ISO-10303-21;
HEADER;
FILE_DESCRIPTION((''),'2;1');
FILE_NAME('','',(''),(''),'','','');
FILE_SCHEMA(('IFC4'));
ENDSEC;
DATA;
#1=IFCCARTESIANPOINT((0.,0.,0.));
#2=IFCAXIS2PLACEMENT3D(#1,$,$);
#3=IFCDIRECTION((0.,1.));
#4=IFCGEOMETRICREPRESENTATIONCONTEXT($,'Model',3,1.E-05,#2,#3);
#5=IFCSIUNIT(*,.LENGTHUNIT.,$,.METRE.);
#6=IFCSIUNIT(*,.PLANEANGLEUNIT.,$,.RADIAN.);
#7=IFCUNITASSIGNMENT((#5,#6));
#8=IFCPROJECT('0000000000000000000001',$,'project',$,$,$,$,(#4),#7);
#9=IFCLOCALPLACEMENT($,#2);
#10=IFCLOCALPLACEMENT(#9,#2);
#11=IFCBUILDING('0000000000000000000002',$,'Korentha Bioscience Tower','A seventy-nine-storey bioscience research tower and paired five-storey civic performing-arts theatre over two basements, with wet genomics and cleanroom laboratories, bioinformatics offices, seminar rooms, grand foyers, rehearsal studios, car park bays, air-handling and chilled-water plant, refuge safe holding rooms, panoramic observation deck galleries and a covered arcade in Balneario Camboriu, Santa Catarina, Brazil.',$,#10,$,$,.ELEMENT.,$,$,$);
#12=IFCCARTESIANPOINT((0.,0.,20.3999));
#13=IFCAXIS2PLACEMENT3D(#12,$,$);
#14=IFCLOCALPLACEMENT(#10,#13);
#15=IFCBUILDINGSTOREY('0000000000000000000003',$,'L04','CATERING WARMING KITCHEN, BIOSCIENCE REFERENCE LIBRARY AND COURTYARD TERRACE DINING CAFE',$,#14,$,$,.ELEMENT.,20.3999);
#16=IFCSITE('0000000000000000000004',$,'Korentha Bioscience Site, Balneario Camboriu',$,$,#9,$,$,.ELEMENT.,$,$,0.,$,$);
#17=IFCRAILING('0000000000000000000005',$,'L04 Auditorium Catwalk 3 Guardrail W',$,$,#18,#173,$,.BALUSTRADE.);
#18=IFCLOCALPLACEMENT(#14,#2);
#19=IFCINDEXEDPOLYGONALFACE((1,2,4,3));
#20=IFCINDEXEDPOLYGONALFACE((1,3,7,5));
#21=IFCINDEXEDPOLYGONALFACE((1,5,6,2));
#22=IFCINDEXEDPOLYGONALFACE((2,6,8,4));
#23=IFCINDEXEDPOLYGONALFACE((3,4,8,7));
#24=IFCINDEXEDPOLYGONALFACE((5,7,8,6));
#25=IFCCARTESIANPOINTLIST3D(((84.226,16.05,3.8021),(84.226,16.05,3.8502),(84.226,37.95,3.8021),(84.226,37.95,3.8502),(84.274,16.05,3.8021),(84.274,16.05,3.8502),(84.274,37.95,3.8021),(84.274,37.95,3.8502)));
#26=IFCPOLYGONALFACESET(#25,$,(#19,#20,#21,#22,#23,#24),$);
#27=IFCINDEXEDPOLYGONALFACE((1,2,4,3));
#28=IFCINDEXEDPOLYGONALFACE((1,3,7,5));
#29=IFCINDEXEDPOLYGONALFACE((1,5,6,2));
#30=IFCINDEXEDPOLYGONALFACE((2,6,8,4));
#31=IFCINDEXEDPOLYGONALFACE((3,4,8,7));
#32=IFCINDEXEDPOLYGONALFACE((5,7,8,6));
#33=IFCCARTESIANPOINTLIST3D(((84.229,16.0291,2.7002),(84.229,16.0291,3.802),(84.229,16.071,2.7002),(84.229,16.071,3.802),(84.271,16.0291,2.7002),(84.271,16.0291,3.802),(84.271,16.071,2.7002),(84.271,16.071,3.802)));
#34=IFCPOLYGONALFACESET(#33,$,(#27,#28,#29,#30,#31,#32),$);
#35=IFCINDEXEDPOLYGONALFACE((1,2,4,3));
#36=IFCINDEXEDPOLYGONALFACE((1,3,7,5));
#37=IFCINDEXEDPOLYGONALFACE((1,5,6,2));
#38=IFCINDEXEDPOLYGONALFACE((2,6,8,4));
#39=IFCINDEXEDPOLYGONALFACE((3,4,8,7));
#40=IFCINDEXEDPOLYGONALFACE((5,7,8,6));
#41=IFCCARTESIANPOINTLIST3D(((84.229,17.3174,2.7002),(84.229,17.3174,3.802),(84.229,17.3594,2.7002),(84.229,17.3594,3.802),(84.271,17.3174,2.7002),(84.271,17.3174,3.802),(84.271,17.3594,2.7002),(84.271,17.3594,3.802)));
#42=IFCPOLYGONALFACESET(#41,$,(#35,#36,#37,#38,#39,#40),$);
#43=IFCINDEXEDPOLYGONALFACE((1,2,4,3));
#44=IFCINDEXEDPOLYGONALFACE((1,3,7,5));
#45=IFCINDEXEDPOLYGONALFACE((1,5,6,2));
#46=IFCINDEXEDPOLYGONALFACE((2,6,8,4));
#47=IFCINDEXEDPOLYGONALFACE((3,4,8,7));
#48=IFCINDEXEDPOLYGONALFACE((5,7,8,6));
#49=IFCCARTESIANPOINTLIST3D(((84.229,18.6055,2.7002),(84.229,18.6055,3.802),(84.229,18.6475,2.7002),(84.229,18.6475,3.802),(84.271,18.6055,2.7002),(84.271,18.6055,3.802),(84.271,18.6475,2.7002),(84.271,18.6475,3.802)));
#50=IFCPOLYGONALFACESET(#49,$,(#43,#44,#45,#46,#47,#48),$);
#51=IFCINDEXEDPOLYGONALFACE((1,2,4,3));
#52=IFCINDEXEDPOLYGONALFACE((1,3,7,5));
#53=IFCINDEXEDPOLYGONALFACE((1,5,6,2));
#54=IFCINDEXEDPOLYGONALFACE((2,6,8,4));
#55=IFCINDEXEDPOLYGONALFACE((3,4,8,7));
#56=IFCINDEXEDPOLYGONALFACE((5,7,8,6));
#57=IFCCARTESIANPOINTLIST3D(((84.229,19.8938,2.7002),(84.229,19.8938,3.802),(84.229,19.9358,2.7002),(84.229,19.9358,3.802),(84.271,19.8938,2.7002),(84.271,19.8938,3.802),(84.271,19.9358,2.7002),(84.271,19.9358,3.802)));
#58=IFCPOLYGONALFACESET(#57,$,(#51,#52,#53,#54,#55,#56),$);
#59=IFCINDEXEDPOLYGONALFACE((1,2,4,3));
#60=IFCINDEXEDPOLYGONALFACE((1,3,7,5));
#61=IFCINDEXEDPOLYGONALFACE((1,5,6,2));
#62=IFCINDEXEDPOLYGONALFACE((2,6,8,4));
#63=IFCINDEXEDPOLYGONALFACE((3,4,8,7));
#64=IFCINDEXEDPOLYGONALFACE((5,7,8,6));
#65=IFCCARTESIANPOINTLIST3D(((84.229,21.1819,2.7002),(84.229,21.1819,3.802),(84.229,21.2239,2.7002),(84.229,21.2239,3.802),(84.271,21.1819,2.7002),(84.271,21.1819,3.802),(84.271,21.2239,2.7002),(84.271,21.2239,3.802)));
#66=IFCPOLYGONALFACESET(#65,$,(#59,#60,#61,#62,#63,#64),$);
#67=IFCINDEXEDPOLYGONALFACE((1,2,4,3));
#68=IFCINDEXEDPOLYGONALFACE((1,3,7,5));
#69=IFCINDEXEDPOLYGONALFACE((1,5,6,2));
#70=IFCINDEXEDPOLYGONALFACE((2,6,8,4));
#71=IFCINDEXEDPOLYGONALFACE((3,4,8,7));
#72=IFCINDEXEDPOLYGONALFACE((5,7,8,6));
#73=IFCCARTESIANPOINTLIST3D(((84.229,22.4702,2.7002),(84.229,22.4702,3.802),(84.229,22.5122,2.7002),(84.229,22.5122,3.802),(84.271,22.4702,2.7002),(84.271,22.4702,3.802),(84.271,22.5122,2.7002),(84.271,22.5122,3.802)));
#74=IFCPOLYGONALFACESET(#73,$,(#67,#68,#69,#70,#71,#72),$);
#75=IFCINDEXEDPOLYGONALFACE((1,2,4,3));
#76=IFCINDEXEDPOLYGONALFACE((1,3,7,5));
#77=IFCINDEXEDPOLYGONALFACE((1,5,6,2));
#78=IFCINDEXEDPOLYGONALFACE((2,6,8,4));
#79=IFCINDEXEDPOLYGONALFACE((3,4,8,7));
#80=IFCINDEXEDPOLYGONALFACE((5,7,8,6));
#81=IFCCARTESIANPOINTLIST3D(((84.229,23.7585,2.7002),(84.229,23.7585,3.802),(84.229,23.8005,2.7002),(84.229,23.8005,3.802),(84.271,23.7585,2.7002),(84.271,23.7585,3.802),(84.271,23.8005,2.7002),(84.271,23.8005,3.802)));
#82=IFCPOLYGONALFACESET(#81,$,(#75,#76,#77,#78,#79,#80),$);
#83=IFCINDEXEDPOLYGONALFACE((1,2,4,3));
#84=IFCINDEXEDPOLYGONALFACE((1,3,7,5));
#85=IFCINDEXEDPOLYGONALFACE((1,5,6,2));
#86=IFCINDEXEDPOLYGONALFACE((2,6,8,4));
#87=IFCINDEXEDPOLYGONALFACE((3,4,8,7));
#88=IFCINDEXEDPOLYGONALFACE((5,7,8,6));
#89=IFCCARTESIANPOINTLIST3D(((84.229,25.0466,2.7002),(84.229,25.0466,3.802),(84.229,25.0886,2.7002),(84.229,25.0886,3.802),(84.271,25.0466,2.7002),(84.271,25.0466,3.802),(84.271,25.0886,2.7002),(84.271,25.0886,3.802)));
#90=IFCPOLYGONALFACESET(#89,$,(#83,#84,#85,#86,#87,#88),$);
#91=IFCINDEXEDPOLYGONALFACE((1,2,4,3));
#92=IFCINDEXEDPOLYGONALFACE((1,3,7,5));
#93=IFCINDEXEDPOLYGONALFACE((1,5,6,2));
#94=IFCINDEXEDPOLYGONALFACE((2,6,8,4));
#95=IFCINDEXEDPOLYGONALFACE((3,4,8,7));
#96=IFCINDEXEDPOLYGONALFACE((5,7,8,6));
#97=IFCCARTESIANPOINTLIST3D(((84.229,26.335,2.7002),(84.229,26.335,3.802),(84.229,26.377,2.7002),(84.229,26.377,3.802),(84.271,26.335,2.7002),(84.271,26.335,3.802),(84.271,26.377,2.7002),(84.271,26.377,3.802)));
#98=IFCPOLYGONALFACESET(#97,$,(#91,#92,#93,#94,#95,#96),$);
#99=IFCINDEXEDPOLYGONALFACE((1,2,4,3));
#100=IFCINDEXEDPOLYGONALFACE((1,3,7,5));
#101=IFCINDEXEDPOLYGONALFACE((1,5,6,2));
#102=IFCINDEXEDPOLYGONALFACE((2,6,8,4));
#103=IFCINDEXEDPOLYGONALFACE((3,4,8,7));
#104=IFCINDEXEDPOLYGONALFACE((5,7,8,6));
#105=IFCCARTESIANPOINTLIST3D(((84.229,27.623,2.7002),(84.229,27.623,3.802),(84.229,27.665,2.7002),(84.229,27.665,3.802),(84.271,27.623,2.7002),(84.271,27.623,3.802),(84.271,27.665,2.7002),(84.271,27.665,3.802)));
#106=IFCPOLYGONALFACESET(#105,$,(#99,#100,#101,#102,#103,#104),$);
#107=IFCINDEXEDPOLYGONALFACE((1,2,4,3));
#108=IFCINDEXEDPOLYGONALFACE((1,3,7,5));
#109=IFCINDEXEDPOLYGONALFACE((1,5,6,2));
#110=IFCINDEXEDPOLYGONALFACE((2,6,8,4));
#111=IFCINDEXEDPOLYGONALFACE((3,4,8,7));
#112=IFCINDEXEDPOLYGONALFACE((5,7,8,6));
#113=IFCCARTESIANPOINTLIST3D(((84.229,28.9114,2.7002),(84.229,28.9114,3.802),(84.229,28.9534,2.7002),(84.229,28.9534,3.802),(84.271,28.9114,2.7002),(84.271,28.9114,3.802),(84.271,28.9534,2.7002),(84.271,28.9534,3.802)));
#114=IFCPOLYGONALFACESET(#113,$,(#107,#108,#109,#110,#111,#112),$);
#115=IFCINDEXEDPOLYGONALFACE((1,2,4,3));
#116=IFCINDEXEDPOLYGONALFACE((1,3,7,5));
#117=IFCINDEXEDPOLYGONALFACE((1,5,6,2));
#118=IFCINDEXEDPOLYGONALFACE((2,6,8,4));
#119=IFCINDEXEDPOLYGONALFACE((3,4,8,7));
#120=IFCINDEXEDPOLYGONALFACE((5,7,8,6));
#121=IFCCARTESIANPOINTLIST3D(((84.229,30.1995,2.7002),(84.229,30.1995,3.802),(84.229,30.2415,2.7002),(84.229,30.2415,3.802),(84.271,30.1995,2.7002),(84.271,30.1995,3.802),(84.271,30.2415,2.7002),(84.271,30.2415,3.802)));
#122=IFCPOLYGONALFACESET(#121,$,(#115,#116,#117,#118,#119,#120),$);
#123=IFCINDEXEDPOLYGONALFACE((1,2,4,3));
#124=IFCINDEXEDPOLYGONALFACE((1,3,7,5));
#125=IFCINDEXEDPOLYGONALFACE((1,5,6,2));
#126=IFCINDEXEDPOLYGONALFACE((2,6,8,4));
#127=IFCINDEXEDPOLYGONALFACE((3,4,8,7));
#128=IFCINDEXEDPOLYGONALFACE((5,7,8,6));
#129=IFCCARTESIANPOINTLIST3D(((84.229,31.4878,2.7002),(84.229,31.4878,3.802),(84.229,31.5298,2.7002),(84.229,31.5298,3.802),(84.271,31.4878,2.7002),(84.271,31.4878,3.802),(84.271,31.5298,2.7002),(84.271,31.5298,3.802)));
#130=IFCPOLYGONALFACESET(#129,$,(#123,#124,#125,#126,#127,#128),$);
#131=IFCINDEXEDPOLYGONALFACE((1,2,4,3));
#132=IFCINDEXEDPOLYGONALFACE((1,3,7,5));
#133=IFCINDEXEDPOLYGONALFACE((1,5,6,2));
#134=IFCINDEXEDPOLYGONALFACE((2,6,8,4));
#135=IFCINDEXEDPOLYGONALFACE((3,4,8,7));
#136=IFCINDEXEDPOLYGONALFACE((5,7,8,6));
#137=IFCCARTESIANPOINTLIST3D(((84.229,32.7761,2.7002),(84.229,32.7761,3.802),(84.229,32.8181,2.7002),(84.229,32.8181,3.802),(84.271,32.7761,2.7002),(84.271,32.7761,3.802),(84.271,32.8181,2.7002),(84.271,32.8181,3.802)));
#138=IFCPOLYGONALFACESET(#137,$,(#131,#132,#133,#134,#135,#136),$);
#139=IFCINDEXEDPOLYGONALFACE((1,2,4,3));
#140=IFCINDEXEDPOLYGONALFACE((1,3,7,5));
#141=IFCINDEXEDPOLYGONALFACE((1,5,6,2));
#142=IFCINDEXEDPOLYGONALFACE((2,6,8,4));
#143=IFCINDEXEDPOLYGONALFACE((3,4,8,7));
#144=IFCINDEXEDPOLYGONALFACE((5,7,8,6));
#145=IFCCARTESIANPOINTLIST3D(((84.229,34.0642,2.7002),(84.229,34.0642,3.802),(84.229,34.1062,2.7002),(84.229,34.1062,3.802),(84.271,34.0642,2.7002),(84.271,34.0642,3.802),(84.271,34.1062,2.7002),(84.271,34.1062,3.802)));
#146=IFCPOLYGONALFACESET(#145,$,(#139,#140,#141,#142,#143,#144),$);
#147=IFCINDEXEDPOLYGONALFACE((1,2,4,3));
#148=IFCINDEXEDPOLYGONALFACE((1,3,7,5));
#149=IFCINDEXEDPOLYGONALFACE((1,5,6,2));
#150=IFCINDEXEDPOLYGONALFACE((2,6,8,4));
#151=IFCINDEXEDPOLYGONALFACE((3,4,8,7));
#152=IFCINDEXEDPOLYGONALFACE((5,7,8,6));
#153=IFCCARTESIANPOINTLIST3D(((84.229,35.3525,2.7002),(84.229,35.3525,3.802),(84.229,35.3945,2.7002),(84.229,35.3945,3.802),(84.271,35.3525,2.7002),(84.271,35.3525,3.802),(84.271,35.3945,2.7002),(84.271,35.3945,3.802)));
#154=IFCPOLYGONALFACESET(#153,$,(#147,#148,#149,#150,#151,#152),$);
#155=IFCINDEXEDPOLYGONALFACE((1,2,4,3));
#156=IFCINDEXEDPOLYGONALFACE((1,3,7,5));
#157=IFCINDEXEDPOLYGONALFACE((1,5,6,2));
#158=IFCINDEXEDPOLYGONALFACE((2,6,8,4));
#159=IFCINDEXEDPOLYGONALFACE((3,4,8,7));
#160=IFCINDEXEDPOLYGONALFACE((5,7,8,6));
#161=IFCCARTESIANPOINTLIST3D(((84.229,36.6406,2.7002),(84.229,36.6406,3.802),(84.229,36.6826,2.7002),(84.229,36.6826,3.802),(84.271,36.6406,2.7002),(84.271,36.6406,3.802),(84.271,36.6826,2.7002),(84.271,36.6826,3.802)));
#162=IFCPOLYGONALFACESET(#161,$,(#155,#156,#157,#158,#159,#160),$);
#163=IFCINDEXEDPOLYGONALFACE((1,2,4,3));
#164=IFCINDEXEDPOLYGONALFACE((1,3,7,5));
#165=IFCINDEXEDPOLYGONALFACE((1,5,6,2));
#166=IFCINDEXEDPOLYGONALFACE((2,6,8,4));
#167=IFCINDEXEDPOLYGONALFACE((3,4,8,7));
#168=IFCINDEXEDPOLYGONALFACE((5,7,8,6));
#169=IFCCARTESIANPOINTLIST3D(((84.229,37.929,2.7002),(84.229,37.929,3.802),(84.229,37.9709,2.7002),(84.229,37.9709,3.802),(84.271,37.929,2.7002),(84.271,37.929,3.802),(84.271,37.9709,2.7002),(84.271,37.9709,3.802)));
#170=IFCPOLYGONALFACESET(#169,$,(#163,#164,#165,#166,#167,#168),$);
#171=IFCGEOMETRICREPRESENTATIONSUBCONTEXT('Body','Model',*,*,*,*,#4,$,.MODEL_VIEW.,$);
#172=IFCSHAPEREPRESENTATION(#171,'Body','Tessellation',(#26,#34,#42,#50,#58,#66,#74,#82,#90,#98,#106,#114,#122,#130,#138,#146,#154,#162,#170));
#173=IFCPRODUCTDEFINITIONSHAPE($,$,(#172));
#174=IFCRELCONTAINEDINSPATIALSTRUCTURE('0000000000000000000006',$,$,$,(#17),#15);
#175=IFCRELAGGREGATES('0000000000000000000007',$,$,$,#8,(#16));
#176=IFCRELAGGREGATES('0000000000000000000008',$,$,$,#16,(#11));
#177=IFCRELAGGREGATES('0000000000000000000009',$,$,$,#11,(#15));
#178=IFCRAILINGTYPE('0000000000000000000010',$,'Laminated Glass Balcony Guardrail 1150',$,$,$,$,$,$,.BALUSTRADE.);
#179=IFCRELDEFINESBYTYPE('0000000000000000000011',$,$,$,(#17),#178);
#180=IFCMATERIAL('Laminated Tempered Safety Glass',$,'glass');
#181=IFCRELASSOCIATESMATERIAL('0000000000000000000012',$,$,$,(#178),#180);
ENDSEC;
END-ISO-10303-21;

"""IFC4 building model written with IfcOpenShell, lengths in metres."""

from ifc_helpers import new_model, si_unit, direction, frame, origin, origin_2d, place, context, subcontext, project, spatial, rectangle, extrude, material, type_object, element, save


model = new_model("IFC4")

# Units and contexts
model_context = context("Model", 3, precision=1e-05, world=origin(), true_north=direction((0.0, 1.0)))
body_context = subcontext(model_context, "Body", "Model", "MODEL_VIEW")
ifc_project = project(units=[si_unit("LENGTHUNIT", "METRE"), si_unit("PLANEANGLEUNIT", "RADIAN")], contexts=[model_context])

# Site, building, storey
site_placement = place(None, origin())
site = spatial("IfcSite", under=ifc_project, at=site_placement, Name="Korentha Bioscience Site, Balneario Camboriu", CompositionType="ELEMENT", RefElevation=0.0)
building_placement = place(site_placement, origin())
building = spatial("IfcBuilding", under=site, at=building_placement, Name="Korentha Bioscience Tower", Description="A seventy-nine-storey bioscience research tower and paired five-storey civic performing-arts theatre over two basements, with wet genomics and cleanroom laboratories, bioinformatics offices, seminar rooms, grand foyers, rehearsal studios, car park bays, air-handling and chilled-water plant, refuge safe holding rooms, panoramic observation deck galleries and a covered arcade in Balneario Camboriu, Santa Catarina, Brazil.", CompositionType="ELEMENT")
storey_placement = place(building_placement, frame((0.0, 0.0, 20.3999)))
storey = spatial("IfcBuildingStorey", under=building, at=storey_placement, Name="L04", Description="CATERING WARMING KITCHEN, BIOSCIENCE REFERENCE LIBRARY AND COURTYARD TERRACE DINING CAFE", CompositionType="ELEMENT", Elevation=20.3999)

# Railing
ifc_material_1 = material(Name="Laminated Tempered Safety Glass", Category="glass")
railing_type = type_object("IfcRailingType", Name="Laminated Glass Balcony Guardrail 1150", PredefinedType="BALUSTRADE", material=ifc_material_1)
railing_1_placement = place(storey_placement, frame((84.25, 16.05, 2.7002)))
element("IfcRailing", 1, at=railing_1_placement, inside=storey, type_object=railing_type, Name="L04 Auditorium Catwalk 3 Guardrail W", PredefinedType="BALUSTRADE", context=body_context, shape_type="SweptSolid", body=[
    extrude(rectangle(XDim=0.0481, YDim=0.0481, at=origin_2d()), frame((0.0, 0.0, 1.126), z_axis=(0.0, 1.0, 0.0), x_axis=(-1.0, 0.0, 0.0)), (0.0, 0.0, 1.0), 21.8999),
    extrude(rectangle(XDim=0.042, YDim=0.042, at=origin_2d()), origin(), (0.0, 0.0, 1.0), 1.1018),
    extrude(rectangle(XDim=0.042, YDim=0.042, at=origin_2d()), frame((0.0, 1.2883, 0.0)), (0.0, 0.0, 1.0), 1.1018),
    extrude(rectangle(XDim=0.042, YDim=0.042, at=origin_2d()), frame((0.0, 2.5764, 0.0)), (0.0, 0.0, 1.0), 1.1018),
    extrude(rectangle(XDim=0.042, YDim=0.042, at=origin_2d()), frame((0.0, 3.8647, 0.0)), (0.0, 0.0, 1.0), 1.1018),
    extrude(rectangle(XDim=0.042, YDim=0.042, at=origin_2d()), frame((0.0, 5.1528, 0.0)), (0.0, 0.0, 1.0), 1.1018),
    extrude(rectangle(XDim=0.042, YDim=0.042, at=origin_2d()), frame((0.0, 6.4412, 0.0)), (0.0, 0.0, 1.0), 1.1018),
    extrude(rectangle(XDim=0.042, YDim=0.042, at=origin_2d()), frame((0.0, 7.7295, 0.0)), (0.0, 0.0, 1.0), 1.1018),
    extrude(rectangle(XDim=0.042, YDim=0.042, at=origin_2d()), frame((0.0, 9.0176, 0.0)), (0.0, 0.0, 1.0), 1.1018),
    extrude(rectangle(XDim=0.042, YDim=0.042, at=origin_2d()), frame((0.0, 10.3059, 0.0)), (0.0, 0.0, 1.0), 1.1018),
    extrude(rectangle(XDim=0.042, YDim=0.042, at=origin_2d()), frame((0.0, 11.594, 0.0)), (0.0, 0.0, 1.0), 1.1018),
    extrude(rectangle(XDim=0.042, YDim=0.042, at=origin_2d()), frame((0.0, 12.8823, 0.0)), (0.0, 0.0, 1.0), 1.1018),
    extrude(rectangle(XDim=0.042, YDim=0.042, at=origin_2d()), frame((0.0, 14.1704, 0.0)), (0.0, 0.0, 1.0), 1.1018),
    extrude(rectangle(XDim=0.042, YDim=0.042, at=origin_2d()), frame((0.0, 15.4587, 0.0)), (0.0, 0.0, 1.0), 1.1018),
    extrude(rectangle(XDim=0.042, YDim=0.042, at=origin_2d()), frame((0.0, 16.7471, 0.0)), (0.0, 0.0, 1.0), 1.1018),
    extrude(rectangle(XDim=0.042, YDim=0.042, at=origin_2d()), frame((0.0, 18.0352, 0.0)), (0.0, 0.0, 1.0), 1.1018),
    extrude(rectangle(XDim=0.042, YDim=0.042, at=origin_2d()), frame((0.0, 19.3235, 0.0)), (0.0, 0.0, 1.0), 1.1018),
    extrude(rectangle(XDim=0.042, YDim=0.042, at=origin_2d()), frame((0.0, 20.6116, 0.0)), (0.0, 0.0, 1.0), 1.1018),
    extrude(rectangle(XDim=0.042, YDim=0.042, at=origin_2d()), frame((0.0, 21.8999, 0.0)), (0.0, 0.0, 1.0), 1.1018),
])

save(model, "model.ifc")
